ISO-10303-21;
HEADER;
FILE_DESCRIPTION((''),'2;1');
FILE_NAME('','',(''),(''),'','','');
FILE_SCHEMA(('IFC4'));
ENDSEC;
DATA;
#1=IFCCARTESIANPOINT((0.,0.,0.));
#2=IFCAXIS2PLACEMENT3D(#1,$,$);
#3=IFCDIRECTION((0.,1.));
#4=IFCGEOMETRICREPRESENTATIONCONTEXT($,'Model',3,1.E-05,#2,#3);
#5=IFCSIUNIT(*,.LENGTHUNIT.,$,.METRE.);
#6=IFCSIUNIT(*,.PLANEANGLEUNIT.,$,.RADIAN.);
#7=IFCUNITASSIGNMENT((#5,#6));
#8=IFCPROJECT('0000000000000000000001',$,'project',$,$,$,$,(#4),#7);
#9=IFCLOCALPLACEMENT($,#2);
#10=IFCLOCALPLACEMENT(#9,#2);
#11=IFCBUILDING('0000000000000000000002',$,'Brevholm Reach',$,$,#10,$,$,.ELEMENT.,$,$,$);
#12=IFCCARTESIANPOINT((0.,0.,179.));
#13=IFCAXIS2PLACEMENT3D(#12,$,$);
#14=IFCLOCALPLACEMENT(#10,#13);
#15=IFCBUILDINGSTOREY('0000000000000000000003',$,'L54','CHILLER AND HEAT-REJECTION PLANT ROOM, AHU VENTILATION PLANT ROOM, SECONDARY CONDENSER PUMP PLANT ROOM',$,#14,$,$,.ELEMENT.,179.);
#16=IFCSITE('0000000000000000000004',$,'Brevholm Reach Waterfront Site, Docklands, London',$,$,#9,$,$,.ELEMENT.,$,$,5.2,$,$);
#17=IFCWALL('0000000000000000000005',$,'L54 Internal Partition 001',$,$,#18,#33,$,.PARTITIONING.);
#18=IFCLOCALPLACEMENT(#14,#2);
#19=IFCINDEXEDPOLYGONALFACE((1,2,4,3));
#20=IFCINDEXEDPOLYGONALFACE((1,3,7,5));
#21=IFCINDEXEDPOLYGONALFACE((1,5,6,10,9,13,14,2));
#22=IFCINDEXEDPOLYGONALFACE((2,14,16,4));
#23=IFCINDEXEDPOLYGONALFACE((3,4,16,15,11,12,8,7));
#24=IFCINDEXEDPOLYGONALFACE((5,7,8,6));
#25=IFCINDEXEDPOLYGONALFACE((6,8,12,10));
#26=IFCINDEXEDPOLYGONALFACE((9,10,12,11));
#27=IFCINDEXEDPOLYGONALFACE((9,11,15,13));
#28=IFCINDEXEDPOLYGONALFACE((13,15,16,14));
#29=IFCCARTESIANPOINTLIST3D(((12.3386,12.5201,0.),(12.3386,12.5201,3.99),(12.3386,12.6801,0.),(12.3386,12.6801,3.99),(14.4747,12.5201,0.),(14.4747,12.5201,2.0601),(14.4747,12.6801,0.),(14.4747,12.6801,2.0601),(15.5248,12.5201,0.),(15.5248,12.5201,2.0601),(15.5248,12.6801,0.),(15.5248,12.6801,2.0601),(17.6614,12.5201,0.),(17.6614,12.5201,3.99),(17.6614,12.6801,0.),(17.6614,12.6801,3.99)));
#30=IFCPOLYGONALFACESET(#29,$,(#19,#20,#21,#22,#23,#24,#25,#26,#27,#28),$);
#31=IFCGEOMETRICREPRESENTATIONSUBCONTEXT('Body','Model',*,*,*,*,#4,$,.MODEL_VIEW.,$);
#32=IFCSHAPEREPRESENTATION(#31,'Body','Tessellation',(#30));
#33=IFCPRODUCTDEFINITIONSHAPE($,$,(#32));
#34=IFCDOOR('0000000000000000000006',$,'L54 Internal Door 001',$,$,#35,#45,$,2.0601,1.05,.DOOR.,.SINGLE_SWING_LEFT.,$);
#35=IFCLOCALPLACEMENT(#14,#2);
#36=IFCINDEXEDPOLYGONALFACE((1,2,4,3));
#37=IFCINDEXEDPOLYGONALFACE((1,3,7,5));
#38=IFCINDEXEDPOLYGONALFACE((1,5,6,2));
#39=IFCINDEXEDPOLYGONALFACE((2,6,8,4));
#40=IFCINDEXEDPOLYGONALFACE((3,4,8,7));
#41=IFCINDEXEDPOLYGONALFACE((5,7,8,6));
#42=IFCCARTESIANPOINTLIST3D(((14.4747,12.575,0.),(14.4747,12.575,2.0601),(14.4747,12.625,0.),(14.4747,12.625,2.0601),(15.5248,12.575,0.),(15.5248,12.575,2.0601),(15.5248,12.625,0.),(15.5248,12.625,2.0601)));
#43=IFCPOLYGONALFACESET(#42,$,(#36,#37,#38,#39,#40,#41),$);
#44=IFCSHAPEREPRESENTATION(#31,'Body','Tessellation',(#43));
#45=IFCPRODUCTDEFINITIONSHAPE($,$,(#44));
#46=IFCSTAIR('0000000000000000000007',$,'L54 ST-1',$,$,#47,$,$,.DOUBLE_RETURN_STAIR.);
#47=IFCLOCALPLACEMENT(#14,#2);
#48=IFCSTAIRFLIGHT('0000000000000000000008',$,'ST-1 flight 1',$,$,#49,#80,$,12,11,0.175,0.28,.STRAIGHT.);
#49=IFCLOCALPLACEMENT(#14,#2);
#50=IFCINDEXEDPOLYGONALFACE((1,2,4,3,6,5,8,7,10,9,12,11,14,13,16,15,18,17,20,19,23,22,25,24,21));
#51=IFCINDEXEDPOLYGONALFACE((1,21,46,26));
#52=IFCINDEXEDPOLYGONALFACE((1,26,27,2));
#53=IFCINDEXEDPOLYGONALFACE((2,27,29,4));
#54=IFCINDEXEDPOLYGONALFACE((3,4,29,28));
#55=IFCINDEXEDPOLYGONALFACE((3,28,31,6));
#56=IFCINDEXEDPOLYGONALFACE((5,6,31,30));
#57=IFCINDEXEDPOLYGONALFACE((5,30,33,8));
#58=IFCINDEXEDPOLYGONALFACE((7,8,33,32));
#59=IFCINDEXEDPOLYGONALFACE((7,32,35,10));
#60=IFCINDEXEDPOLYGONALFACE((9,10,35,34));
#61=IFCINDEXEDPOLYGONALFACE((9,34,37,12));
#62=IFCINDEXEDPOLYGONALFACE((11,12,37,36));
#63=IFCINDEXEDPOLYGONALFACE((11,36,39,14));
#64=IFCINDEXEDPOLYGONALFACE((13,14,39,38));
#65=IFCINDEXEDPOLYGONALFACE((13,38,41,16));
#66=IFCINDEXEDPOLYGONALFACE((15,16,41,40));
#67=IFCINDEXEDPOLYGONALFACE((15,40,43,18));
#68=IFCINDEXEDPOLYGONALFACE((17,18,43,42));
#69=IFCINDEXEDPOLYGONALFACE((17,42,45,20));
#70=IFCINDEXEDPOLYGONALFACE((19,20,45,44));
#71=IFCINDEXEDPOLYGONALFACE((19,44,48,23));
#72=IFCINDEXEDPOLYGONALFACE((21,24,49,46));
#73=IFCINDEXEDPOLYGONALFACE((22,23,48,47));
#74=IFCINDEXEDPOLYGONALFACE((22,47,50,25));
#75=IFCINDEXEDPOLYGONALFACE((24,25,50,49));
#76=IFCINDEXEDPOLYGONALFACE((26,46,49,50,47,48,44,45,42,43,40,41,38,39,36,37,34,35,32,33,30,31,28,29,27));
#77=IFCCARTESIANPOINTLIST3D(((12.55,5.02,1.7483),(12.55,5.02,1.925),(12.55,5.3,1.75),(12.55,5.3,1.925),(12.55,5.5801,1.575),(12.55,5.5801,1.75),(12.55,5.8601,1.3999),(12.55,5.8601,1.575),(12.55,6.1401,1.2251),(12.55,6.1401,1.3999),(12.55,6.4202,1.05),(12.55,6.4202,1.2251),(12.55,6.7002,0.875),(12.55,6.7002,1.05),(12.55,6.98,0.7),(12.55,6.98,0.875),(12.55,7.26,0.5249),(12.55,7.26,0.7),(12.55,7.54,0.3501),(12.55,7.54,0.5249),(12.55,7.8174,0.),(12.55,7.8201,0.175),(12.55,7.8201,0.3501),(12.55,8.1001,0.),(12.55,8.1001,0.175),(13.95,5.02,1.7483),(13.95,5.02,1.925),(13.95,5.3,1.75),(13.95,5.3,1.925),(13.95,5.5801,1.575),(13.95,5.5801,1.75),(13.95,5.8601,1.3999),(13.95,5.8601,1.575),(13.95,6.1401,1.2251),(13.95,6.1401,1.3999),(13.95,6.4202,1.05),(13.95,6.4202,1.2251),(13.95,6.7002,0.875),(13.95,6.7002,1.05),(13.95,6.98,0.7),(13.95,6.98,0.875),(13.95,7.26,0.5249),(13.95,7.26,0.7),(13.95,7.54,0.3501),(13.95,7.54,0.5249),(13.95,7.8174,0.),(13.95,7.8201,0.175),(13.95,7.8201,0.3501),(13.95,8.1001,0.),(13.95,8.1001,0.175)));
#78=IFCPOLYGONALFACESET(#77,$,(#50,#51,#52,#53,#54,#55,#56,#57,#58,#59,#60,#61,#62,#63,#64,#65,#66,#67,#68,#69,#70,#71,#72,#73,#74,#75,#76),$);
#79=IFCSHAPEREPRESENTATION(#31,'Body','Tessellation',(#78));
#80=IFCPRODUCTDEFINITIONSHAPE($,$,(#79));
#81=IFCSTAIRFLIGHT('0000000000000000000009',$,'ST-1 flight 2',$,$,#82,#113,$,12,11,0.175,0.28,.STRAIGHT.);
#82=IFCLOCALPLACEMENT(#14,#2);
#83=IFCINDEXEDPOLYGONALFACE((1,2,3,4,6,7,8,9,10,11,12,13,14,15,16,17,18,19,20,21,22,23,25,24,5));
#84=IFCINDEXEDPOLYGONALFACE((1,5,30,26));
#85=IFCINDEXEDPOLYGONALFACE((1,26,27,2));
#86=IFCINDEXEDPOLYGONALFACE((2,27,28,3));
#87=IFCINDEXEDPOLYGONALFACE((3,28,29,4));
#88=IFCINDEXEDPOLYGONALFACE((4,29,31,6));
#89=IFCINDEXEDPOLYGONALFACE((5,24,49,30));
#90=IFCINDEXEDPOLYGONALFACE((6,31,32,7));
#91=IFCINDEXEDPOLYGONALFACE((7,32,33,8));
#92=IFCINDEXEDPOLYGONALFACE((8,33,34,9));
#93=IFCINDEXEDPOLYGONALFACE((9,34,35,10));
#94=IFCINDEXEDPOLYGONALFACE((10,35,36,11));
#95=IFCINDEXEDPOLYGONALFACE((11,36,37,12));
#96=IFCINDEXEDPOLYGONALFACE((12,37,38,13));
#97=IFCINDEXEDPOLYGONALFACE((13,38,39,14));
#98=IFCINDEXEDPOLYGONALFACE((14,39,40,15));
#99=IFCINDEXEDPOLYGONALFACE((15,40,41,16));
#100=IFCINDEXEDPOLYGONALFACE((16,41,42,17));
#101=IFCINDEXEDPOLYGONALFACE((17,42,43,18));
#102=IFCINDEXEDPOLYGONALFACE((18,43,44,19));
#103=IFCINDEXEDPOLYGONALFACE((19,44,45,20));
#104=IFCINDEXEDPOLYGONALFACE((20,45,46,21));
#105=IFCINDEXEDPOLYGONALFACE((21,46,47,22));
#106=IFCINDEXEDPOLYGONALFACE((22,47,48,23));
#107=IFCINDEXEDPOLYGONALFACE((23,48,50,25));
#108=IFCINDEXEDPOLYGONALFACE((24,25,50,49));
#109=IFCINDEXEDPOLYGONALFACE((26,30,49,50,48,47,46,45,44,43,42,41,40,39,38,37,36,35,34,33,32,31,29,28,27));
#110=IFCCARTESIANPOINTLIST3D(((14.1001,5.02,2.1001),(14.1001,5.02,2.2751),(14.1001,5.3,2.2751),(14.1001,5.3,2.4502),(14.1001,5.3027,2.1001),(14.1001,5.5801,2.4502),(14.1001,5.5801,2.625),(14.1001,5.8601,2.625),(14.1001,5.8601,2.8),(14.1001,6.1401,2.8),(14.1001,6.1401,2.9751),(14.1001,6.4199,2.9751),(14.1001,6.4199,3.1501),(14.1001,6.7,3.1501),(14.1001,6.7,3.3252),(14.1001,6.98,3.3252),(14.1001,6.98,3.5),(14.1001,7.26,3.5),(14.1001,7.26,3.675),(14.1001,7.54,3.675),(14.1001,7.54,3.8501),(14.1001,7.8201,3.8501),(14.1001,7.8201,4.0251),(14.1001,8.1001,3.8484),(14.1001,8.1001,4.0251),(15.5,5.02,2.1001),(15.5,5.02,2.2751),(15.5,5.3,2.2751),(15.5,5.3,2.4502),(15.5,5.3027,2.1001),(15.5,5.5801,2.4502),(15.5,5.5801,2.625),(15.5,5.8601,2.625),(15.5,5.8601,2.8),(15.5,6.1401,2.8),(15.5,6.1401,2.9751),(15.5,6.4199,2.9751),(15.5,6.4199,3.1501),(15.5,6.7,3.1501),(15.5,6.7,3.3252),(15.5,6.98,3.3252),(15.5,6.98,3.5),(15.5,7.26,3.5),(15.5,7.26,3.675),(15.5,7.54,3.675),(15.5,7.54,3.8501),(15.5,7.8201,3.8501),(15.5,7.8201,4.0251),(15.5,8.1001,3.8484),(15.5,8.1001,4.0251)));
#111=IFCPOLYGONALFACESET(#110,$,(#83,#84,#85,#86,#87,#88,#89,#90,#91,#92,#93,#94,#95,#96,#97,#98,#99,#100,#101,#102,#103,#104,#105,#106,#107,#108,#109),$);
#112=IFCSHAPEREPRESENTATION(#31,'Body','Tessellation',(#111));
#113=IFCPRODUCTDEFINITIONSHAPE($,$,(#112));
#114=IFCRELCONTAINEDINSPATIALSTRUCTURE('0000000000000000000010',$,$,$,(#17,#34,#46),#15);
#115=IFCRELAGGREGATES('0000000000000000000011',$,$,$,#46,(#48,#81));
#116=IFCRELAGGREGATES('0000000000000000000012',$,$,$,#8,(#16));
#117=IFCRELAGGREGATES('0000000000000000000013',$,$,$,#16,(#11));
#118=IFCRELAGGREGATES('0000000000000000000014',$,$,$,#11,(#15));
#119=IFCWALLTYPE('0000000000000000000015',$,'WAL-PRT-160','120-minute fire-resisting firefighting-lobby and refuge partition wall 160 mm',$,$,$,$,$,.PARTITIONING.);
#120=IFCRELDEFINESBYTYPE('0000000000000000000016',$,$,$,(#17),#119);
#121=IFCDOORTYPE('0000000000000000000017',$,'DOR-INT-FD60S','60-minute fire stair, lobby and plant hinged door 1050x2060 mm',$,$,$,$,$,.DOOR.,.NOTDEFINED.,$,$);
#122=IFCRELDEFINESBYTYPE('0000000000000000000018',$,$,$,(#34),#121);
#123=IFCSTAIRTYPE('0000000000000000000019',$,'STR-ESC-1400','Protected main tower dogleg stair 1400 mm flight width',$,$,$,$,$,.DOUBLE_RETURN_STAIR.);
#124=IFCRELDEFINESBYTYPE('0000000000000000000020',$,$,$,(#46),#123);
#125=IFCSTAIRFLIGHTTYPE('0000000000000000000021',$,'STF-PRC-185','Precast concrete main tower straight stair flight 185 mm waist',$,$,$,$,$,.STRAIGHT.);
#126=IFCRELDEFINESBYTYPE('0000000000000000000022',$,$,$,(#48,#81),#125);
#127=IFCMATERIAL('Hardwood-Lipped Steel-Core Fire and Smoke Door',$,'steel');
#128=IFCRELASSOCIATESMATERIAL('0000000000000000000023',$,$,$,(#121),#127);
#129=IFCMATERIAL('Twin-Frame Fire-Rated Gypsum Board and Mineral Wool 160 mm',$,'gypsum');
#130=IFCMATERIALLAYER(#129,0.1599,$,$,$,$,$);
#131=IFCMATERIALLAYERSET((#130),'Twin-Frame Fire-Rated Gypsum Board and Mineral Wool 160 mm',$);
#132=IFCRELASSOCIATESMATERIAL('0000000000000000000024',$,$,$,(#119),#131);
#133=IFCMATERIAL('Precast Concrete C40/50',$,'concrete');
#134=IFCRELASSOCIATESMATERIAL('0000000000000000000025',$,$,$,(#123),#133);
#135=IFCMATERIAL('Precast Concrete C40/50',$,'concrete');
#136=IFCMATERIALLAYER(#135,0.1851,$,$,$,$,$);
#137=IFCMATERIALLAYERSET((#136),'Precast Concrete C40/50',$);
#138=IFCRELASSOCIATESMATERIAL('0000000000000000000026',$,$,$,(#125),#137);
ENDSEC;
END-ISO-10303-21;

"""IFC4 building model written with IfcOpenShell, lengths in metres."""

from ifc_helpers import new_model, si_unit, direction, frame, frame_2d, origin, place, context, subcontext, project, spatial, polyline, rectangle, outline, extrude, material, layer, layer_set, type_object, element, fill, aggregate, save


model = new_model("IFC4")

# Units and contexts
model_context = context("Model", 3, precision=1e-05, world=origin(), true_north=direction((0.0, 1.0)))
body_context = subcontext(model_context, "Body", "Model", "MODEL_VIEW")
ifc_project = project(units=[si_unit("LENGTHUNIT", "METRE"), si_unit("PLANEANGLEUNIT", "RADIAN")], contexts=[model_context])

# Site, building, storey
site_placement = place(None, origin())
site = spatial("IfcSite", under=ifc_project, at=site_placement, Name="Brevholm Reach Waterfront Site, Docklands, London", CompositionType="ELEMENT", RefElevation=5.2)
building_placement = place(site_placement, origin())
building = spatial("IfcBuilding", under=site, at=building_placement, Name="Brevholm Reach", CompositionType="ELEMENT")
storey_placement = place(building_placement, frame((0.0, 0.0, 179.0)))
storey = spatial("IfcBuildingStorey", under=building, at=storey_placement, Name="L54", Description="CHILLER AND HEAT-REJECTION PLANT ROOM, AHU VENTILATION PLANT ROOM, SECONDARY CONDENSER PUMP PLANT ROOM", CompositionType="ELEMENT", Elevation=179.0)

# Wall, opening, door
ifc_material_1 = material(Name="Hardwood-Lipped Steel-Core Fire and Smoke Door", Category="steel")
door_type = type_object("IfcDoorType", Name="DOR-INT-FD60S", Description="60-minute fire stair, lobby and plant hinged door 1050x2060 mm", OperationType="NOTDEFINED", PredefinedType="DOOR", material=ifc_material_1)
ifc_material_2 = material(Name="Twin-Frame Fire-Rated Gypsum Board and Mineral Wool 160 mm", Category="gypsum")
ifc_layer_1 = layer(ifc_material_2, 0.1599)
ifc_layer_set_1 = layer_set([ifc_layer_1], Name="Twin-Frame Fire-Rated Gypsum Board and Mineral Wool 160 mm")
wall_type_1 = type_object("IfcWallType", Name="WAL-PRT-160", Description="120-minute fire-resisting firefighting-lobby and refuge partition wall 160 mm", PredefinedType="PARTITIONING", material=ifc_layer_set_1)
wall_1_placement = place(storey_placement, frame((12.3386, 12.6001, 0.0), z_axis=(0.0, 0.0, 1.0), x_axis=(1.0, 0.0, 0.0)))
wall_1 = element("IfcWall", 1, at=wall_1_placement, inside=storey, type_object=wall_type_1, Name="L54 Internal Partition 001", PredefinedType="PARTITIONING", context=body_context, shape_type="SweptSolid", body=[
    extrude(rectangle(XDim=5.3228, YDim=0.1599, at=frame_2d((2.6614, 0.0))), origin(), (0.0, 0.0, 1.0), 3.99),
])
opening_1_placement = place(wall_1_placement, frame((2.1362, 0.0, 0.0)))
opening_1 = element("IfcOpeningElement", 2, at=opening_1_placement, cuts=wall_1, PredefinedType="OPENING", context=body_context, shape_type="SweptSolid", body=[
    extrude(rectangle(XDim=1.05, YDim=2.0601, at=frame_2d((0.5249, 1.03))), frame((0.0, 0.0898, 0.0), z_axis=(0.0, -1.0, 0.0), x_axis=(1.0, 0.0, 0.0)), (0.0, 0.0, 1.0), 0.1799),
])
door_1_placement = place(opening_1_placement, origin())
door_1 = element("IfcDoor", 3, at=door_1_placement, inside=storey, type_object=door_type, Name="L54 Internal Door 001", OperationType="SINGLE_SWING_LEFT", OverallHeight=2.0601, OverallWidth=1.05, PredefinedType="DOOR", context=body_context, shape_type="SweptSolid", body=[
    extrude(rectangle(XDim=1.05, YDim=2.0601, at=frame_2d((0.5249, 1.03))), frame((0.0, 0.0249, 0.0), z_axis=(0.0, -1.0, 0.0), x_axis=(1.0, 0.0, 0.0)), (0.0, 0.0, 1.0), 0.05),
])
fill(opening_1, door_1)

# Stair, stair flights
ifc_material_3 = material(Name="Precast Concrete C40/50", Category="concrete")
stair_type = type_object("IfcStairType", Name="STR-ESC-1400", Description="Protected main tower dogleg stair 1400 mm flight width", PredefinedType="DOUBLE_RETURN_STAIR", material=ifc_material_3)
stair_placement = place(storey_placement, origin())
stair = element("IfcStair", 4, at=stair_placement, inside=storey, type_object=stair_type, Name="L54 ST-1", PredefinedType="DOUBLE_RETURN_STAIR")
ifc_material_4 = material(Name="Precast Concrete C40/50", Category="concrete")
ifc_layer_2 = layer(ifc_material_4, 0.1851)
ifc_layer_set_2 = layer_set([ifc_layer_2], Name="Precast Concrete C40/50")
stair_flight_type = type_object("IfcStairFlightType", Name="STF-PRC-185", Description="Precast concrete main tower straight stair flight 185 mm waist", PredefinedType="STRAIGHT", material=ifc_layer_set_2)
stair_flight_1_placement = place(storey_placement, frame((13.25, 8.1001, 0.0), z_axis=(0.0, 0.0, 1.0), x_axis=(0.0, -1.0, 0.0)))
stair_flight_1 = element("IfcStairFlight", 5, at=stair_flight_1_placement, type_object=stair_flight_type, Name="ST-1 flight 1", NumberOfRisers=12, NumberOfTreads=11, PredefinedType="STRAIGHT", RiserHeight=0.175, TreadLength=0.28, context=body_context, shape_type="SweptSolid", body=[
    extrude(outline(polyline([(0.0, 0.0), (0.0, 0.175), (0.28, 0.175), (0.28, 0.3501), (0.5601, 0.3501), (0.5601, 0.5249), (0.8401, 0.5249), (0.8401, 0.7), (1.1201, 0.7), (1.1201, 0.875), (1.3999, 0.875), (1.3999, 1.05), (1.6799, 1.05), (1.6799, 1.2251), (1.96, 1.2251), (1.96, 1.3999), (2.24, 1.3999), (2.24, 1.575), (2.52, 1.575), (2.52, 1.75), (2.8, 1.75), (2.8, 1.925), (3.0801, 1.925), (3.0801, 2.1001), (3.0801, 1.7483), (0.2827, 0.0), (0.0, 0.0)])), frame((0.0, 0.7, 0.0), z_axis=(0.0, -1.0, 0.0), x_axis=(1.0, 0.0, 0.0)), (0.0, 0.0, 1.0), 1.3999),
])
stair_flight_2_placement = place(storey_placement, frame((14.8, 5.02, 2.1001), z_axis=(0.0, 0.0, 1.0), x_axis=(0.0, 1.0, 0.0)))
stair_flight_2 = element("IfcStairFlight", 6, at=stair_flight_2_placement, type_object=stair_flight_type, Name="ST-1 flight 2", NumberOfRisers=12, NumberOfTreads=11, PredefinedType="STRAIGHT", RiserHeight=0.175, TreadLength=0.28, context=body_context, shape_type="SweptSolid", body=[
    extrude(outline(polyline([(0.0, 0.0), (0.0, 0.175), (0.28, 0.175), (0.28, 0.3501), (0.5601, 0.3501), (0.5601, 0.5249), (0.8401, 0.5249), (0.8401, 0.7), (1.1201, 0.7), (1.1201, 0.875), (1.3999, 0.875), (1.3999, 1.05), (1.6799, 1.05), (1.6799, 1.2251), (1.96, 1.2251), (1.96, 1.3999), (2.24, 1.3999), (2.24, 1.575), (2.52, 1.575), (2.52, 1.75), (2.8, 1.75), (2.8, 1.925), (3.0801, 1.925), (3.0801, 2.1001), (3.0801, 1.7483), (0.2827, 0.0), (0.0, 0.0)])), frame((0.0, 0.7, 0.0), z_axis=(0.0, -1.0, 0.0), x_axis=(1.0, 0.0, 0.0)), (0.0, 0.0, 1.0), 1.3999),
])
aggregate(stair, [stair_flight_1, stair_flight_2])

save(model, "model.ifc")
